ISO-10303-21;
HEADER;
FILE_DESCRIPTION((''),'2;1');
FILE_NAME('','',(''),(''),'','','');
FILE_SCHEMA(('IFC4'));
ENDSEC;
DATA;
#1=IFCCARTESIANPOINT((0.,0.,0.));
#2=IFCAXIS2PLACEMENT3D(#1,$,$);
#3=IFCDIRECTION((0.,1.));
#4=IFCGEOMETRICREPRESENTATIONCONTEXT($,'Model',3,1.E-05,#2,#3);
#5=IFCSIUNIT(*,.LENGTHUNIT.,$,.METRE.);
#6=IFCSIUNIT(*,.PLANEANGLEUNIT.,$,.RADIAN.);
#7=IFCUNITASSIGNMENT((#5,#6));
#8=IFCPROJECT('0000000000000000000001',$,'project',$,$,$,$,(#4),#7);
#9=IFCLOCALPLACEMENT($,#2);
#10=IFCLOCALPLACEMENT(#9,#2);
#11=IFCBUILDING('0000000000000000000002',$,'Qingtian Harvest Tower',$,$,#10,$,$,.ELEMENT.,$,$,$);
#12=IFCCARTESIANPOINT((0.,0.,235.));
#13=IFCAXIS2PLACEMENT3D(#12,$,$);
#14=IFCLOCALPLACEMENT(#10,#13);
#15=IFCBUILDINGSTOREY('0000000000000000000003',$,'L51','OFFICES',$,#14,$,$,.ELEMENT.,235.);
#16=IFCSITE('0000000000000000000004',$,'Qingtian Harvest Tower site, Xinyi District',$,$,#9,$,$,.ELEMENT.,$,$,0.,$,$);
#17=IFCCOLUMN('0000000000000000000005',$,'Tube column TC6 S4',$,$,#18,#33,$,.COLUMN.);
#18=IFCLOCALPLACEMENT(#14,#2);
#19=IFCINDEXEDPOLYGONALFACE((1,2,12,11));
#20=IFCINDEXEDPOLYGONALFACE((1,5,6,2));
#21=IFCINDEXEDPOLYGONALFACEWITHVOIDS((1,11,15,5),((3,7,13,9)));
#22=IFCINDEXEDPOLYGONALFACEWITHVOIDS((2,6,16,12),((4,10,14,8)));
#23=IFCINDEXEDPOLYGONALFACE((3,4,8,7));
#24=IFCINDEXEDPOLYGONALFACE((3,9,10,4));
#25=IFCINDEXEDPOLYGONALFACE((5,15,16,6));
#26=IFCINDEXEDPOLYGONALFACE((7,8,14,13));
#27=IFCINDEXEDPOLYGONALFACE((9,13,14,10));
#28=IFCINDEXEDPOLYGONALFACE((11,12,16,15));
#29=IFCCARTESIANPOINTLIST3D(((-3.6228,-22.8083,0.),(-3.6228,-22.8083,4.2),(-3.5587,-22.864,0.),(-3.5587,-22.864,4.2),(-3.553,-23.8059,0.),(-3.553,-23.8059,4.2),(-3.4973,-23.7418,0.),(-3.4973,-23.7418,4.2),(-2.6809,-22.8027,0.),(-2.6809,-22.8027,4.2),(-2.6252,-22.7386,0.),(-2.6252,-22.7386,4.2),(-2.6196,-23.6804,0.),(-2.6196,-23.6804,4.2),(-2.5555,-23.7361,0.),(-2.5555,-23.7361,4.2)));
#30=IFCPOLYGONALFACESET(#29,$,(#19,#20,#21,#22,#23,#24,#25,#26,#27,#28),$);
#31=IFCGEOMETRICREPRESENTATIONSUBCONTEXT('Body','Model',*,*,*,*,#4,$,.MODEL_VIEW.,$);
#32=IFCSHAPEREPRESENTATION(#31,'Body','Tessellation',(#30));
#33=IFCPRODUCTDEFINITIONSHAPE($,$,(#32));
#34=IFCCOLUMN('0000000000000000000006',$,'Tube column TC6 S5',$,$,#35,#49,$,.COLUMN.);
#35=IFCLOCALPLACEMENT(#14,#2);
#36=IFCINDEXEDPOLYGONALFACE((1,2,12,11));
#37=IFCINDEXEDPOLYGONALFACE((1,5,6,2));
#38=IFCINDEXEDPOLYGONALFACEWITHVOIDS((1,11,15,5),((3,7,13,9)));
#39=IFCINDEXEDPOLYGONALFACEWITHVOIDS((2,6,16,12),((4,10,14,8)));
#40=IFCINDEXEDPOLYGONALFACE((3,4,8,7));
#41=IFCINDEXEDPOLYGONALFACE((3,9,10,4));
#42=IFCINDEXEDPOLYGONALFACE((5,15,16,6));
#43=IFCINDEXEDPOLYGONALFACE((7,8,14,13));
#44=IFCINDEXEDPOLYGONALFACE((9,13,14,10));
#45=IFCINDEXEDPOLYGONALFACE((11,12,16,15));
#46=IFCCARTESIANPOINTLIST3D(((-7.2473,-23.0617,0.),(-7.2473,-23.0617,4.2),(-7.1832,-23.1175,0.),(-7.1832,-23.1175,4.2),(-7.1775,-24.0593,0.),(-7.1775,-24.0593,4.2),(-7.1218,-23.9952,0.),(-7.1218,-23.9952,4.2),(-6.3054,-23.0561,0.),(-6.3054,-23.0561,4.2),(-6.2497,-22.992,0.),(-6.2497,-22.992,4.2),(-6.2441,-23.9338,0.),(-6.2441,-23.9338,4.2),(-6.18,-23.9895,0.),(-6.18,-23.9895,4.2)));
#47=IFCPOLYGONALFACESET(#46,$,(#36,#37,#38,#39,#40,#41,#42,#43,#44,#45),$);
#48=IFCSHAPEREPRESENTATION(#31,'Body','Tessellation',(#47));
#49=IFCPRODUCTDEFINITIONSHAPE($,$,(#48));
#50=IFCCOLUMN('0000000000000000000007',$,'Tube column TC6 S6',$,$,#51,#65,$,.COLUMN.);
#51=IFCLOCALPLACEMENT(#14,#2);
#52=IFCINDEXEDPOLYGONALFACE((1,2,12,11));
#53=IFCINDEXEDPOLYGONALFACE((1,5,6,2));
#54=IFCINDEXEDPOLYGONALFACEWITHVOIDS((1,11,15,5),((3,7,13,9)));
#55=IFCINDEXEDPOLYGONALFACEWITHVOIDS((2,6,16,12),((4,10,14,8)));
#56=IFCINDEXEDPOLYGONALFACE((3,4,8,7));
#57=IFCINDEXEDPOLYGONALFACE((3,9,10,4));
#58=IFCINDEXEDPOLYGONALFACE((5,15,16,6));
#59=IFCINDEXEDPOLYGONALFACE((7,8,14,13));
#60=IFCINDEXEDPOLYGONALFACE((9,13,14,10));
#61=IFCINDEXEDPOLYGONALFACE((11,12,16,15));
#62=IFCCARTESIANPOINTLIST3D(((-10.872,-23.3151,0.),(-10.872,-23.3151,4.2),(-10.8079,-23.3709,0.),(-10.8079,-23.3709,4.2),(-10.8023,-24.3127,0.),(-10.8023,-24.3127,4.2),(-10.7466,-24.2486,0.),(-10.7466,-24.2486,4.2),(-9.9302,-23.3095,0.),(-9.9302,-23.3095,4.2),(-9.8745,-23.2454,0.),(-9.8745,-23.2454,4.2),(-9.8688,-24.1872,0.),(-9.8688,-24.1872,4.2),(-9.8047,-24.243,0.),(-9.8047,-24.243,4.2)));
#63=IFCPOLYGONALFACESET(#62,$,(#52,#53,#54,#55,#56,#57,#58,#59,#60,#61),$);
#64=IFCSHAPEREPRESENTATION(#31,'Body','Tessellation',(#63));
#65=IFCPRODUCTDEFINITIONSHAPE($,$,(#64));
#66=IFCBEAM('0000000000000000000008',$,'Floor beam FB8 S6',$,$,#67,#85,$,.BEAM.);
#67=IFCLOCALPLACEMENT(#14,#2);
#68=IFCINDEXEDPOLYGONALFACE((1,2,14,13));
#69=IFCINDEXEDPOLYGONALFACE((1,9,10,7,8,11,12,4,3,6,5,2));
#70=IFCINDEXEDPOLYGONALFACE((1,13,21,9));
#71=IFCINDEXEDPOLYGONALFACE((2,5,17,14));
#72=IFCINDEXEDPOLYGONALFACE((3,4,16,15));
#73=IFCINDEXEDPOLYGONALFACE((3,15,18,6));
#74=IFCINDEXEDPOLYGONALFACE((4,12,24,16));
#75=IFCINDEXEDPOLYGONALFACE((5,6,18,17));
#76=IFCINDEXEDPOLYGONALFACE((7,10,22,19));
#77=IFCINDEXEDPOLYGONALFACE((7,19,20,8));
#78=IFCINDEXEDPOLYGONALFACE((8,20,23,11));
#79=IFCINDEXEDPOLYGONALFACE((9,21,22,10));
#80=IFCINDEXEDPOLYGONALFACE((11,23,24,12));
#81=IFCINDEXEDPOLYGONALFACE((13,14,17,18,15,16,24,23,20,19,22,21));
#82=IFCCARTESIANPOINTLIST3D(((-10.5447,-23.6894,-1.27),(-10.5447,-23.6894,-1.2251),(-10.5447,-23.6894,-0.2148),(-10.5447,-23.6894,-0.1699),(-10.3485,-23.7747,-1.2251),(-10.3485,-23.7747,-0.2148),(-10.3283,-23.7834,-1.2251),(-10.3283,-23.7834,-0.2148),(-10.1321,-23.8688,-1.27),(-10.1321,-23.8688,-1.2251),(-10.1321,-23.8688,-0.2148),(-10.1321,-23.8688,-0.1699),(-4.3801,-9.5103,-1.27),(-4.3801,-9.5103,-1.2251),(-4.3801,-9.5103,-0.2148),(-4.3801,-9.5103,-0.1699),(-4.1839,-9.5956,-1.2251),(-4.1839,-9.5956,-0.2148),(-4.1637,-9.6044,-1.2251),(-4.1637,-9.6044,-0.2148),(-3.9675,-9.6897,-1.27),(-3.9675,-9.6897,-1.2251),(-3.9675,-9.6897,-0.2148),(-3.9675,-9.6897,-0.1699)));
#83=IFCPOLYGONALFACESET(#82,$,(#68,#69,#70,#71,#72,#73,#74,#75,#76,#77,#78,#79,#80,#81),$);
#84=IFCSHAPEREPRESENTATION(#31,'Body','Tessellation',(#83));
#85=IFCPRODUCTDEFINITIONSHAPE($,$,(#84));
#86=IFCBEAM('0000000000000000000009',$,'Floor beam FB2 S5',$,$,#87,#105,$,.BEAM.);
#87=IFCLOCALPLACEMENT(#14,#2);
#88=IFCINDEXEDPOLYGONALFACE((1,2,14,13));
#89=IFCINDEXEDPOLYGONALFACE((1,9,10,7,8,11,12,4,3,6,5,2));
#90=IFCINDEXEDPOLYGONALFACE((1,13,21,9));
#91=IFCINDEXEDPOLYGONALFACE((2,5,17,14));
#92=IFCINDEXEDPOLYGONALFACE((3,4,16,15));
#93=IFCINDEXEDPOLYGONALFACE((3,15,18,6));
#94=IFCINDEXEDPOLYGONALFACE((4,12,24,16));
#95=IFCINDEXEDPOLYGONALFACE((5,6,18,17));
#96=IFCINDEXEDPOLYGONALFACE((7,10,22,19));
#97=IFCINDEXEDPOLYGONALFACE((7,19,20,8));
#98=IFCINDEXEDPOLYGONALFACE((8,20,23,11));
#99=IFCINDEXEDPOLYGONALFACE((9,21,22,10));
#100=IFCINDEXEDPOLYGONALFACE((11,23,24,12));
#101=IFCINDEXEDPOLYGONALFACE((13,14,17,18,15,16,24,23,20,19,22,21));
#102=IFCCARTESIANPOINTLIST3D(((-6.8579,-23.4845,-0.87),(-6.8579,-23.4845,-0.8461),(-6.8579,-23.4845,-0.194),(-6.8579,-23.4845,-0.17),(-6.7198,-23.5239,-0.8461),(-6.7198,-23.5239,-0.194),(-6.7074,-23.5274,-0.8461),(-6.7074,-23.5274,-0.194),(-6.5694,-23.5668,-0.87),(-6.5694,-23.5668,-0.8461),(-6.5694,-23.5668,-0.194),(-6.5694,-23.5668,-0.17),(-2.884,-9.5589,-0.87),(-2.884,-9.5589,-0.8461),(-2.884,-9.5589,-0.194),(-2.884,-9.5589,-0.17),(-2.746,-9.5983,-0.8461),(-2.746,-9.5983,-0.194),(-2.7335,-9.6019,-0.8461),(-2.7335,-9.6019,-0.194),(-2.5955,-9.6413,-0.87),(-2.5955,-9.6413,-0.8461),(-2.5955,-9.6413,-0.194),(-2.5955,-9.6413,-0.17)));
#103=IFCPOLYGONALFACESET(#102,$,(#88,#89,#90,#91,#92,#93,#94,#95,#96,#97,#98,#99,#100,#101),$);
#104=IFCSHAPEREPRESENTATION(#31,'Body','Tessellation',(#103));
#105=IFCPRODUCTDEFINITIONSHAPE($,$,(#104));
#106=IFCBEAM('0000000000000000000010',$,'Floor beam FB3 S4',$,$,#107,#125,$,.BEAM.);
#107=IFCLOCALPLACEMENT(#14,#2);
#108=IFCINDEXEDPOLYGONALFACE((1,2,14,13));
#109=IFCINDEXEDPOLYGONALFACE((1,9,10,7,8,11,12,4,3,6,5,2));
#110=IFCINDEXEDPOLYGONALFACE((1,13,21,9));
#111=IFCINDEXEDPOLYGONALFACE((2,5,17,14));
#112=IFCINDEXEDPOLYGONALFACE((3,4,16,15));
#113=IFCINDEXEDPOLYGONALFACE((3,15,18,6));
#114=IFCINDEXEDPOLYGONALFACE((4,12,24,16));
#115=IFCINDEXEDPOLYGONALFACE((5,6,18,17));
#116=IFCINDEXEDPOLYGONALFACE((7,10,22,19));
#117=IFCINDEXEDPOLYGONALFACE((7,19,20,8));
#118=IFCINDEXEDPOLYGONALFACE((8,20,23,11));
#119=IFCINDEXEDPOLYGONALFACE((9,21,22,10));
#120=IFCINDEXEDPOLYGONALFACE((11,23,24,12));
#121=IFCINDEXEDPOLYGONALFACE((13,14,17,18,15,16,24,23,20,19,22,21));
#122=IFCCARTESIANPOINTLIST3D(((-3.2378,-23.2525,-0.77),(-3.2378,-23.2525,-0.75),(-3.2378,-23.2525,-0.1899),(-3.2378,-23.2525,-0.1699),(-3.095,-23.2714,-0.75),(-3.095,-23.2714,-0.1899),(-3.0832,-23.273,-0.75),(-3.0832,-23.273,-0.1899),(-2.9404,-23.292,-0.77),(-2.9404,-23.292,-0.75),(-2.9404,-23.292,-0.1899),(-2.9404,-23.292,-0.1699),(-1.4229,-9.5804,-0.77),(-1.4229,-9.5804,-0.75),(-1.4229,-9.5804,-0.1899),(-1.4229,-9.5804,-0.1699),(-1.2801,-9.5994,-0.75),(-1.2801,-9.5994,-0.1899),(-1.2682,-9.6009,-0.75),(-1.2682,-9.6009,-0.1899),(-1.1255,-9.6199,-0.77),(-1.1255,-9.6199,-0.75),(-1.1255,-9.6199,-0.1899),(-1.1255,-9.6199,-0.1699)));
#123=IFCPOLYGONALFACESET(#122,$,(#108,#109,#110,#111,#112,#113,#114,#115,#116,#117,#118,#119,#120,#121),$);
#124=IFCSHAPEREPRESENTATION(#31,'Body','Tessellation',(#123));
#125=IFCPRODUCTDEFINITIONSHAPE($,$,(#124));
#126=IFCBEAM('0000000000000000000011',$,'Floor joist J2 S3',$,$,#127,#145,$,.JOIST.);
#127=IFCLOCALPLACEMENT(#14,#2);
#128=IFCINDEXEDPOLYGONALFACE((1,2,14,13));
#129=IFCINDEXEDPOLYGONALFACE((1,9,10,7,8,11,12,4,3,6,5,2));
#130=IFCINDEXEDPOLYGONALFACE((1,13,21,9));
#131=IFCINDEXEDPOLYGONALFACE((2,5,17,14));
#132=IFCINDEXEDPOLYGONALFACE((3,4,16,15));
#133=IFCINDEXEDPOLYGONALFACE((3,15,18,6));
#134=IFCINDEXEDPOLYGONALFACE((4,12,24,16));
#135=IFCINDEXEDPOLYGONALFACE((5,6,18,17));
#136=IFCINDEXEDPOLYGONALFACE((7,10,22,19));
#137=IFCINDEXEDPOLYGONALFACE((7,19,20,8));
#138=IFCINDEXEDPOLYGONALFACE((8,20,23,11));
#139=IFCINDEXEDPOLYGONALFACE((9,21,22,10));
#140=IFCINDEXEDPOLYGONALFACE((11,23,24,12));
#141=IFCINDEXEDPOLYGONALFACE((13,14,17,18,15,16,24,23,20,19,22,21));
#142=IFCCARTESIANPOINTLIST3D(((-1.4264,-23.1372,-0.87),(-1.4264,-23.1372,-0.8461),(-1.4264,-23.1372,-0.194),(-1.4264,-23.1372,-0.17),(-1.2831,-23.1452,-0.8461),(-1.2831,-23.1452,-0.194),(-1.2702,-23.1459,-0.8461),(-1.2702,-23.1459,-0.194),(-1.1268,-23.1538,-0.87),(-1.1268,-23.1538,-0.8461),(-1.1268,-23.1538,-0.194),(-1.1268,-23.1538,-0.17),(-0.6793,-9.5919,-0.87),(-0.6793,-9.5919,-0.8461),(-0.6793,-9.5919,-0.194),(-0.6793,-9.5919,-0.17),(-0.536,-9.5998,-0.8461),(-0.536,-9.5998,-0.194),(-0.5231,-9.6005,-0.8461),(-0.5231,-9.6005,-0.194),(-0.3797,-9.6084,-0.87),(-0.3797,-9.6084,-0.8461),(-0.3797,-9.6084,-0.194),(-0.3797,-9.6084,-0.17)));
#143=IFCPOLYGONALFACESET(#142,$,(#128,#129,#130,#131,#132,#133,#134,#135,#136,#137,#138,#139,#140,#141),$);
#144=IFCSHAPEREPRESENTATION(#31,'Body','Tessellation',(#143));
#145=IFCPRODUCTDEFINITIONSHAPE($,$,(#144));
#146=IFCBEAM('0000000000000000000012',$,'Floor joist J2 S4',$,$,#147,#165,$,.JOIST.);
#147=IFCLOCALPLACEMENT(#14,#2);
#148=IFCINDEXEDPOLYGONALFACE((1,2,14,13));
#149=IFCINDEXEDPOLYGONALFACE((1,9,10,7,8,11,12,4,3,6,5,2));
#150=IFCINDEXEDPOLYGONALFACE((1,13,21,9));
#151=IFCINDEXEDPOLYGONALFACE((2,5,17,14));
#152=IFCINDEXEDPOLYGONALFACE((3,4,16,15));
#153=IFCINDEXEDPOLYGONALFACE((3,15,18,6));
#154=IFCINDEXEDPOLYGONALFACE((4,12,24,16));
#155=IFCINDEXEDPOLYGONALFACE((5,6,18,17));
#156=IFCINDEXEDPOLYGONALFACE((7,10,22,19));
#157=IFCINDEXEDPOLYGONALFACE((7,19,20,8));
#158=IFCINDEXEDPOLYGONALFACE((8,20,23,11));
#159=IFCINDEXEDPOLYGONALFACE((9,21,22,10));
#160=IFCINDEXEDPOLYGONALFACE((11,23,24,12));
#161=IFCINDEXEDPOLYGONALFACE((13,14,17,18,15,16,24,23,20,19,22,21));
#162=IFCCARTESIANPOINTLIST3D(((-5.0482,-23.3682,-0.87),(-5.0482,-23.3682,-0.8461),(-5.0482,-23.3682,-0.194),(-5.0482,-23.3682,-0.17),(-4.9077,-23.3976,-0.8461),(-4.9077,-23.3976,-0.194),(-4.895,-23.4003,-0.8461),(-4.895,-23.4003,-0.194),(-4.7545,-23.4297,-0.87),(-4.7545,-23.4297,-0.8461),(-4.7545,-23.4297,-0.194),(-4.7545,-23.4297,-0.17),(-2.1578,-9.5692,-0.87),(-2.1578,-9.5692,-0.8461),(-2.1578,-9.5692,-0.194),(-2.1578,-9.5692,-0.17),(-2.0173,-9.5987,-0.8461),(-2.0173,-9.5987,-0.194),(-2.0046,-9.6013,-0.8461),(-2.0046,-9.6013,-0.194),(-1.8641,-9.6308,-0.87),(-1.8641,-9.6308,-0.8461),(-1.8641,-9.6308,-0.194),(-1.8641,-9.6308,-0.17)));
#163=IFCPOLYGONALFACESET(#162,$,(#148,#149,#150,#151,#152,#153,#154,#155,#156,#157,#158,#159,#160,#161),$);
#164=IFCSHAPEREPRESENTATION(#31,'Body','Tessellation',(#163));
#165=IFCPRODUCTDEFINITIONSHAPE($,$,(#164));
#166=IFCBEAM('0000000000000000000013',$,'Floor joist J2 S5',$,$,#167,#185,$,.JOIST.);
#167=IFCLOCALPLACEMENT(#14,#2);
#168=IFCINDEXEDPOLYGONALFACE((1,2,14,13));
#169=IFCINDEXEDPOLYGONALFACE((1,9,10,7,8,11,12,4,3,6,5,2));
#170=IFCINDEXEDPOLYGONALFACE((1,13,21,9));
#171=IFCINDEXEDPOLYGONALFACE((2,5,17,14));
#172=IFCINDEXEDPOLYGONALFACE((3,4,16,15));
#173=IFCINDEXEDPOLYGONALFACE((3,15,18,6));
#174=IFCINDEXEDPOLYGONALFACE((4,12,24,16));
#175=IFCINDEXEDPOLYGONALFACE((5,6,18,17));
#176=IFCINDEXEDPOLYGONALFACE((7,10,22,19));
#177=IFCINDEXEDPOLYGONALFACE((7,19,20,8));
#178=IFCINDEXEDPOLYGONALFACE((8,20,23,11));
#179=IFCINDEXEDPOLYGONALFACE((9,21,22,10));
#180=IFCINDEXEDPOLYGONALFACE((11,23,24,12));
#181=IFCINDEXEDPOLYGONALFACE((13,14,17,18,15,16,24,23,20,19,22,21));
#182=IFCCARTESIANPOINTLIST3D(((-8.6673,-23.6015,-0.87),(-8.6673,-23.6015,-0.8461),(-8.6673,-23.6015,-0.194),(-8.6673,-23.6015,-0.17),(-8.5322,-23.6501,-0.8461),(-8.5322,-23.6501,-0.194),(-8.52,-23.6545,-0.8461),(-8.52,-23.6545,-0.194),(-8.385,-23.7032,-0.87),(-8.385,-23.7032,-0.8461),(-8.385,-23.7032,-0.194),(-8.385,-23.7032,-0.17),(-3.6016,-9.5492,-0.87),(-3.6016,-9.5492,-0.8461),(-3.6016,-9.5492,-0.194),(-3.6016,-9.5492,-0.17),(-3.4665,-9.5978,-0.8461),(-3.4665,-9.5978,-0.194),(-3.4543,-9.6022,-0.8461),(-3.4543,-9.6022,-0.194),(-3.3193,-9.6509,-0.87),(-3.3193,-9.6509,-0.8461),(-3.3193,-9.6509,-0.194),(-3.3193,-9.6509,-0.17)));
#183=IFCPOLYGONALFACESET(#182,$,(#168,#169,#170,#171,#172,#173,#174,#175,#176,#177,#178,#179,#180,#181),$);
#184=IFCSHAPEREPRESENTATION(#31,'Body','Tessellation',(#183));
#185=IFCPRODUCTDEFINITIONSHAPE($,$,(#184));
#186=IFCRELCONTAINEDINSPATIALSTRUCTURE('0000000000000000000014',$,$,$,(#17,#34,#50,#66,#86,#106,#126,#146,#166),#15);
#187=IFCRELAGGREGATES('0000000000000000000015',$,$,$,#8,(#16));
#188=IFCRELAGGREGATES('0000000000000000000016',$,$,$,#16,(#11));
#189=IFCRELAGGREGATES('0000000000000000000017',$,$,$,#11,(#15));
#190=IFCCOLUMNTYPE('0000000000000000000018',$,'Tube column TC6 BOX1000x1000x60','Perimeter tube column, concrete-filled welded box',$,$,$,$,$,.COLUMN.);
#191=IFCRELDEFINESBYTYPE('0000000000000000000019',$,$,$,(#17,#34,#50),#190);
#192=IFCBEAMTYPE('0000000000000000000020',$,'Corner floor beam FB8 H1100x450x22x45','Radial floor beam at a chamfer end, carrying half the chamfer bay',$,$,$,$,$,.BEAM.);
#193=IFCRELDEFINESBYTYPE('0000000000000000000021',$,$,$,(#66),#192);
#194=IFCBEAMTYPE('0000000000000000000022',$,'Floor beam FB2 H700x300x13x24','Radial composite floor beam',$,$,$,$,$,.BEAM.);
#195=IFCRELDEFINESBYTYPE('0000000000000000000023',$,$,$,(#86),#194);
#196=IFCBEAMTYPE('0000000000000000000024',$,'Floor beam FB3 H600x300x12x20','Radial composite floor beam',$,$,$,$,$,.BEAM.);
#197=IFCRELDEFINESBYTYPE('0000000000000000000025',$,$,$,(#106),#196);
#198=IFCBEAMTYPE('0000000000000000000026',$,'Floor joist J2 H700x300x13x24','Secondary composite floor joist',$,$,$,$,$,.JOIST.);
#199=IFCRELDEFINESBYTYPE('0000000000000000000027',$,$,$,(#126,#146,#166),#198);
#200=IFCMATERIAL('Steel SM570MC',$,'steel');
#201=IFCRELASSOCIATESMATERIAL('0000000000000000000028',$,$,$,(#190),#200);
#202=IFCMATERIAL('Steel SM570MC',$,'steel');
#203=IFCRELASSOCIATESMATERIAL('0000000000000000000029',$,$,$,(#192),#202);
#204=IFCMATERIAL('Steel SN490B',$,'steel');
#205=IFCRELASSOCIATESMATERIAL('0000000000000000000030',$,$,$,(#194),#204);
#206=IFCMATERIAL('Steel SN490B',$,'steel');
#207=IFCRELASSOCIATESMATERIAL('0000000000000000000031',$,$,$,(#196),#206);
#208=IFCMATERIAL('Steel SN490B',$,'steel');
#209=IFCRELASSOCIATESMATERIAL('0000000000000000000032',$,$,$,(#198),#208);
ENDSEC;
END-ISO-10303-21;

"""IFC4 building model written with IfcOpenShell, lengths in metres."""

from ifc_helpers import new_model, si_unit, direction, frame, origin, origin_2d, place, context, subcontext, project, spatial, hollow_rectangle, i_section, extrude, material, material_profile, profile_set, type_object, element, save


model = new_model("IFC4")

# Units and contexts
model_context = context("Model", 3, precision=1e-05, world=origin(), true_north=direction((0.0, 1.0)))
body_context = subcontext(model_context, "Body", "Model", "MODEL_VIEW")
ifc_project = project(units=[si_unit("LENGTHUNIT", "METRE"), si_unit("PLANEANGLEUNIT", "RADIAN")], contexts=[model_context])

# Site, building, storey
site_placement = place(None, origin())
site = spatial("IfcSite", under=ifc_project, at=site_placement, Name="Qingtian Harvest Tower site, Xinyi District", CompositionType="ELEMENT", RefElevation=0.0)
building_placement = place(site_placement, origin())
building = spatial("IfcBuilding", under=site, at=building_placement, Name="Qingtian Harvest Tower", CompositionType="ELEMENT")
storey_placement = place(building_placement, frame((0.0, 0.0, 235.0)))
storey = spatial("IfcBuildingStorey", under=building, at=storey_placement, Name="L51", Description="OFFICES", CompositionType="ELEMENT", Elevation=235.0)

# Columns
ifc_material_1 = material(Name="Steel SM570MC", Category="steel")
ifc_material_profile_1 = material_profile(ifc_material_1, hollow_rectangle(XDim=1.0, YDim=1.0, WallThickness=0.0601, at=origin_2d()), Name="BOX1000x1000x60")
ifc_profile_set_1 = profile_set([ifc_material_profile_1], Name="Steel SM570MC")
column_type = type_object("IfcColumnType", Name="Tube column TC6 BOX1000x1000x60", Description="Perimeter tube column, concrete-filled welded box", PredefinedType="COLUMN", material=ifc_profile_set_1)
for number, where, z_axis, x_axis, name in (
    (1, (-3.0891, -23.2722, 0.0), (0.0, 0.0, 1.0), (0.997564, 0.069756, 0.0), "Tube column TC6 S4"),
    (2, (-6.7136, -23.5256, 0.0), (0.0, 0.0, 1.0), (0.997564, 0.069756, 0.0), "Tube column TC6 S5"),
    (3, (-10.3384, -23.7791, 0.0), (0.0, 0.0, 1.0), (0.997564, 0.069756, 0.0), "Tube column TC6 S6"),
):
    element("IfcColumn", number, at=place(storey_placement, frame(where, z_axis=z_axis, x_axis=x_axis)), inside=storey, type_object=column_type, Name=name, PredefinedType="COLUMN", context=body_context, shape_type="SweptSolid", body=[
        extrude(hollow_rectangle(XDim=1.0, YDim=1.0, WallThickness=0.0601, at=origin_2d()), origin(), (0.0, 0.0, 1.0), 4.2),
    ])

# Beams
ifc_material_2 = material(Name="Steel SM570MC", Category="steel")
ifc_material_profile_2 = material_profile(ifc_material_2, i_section(OverallWidth=0.45, OverallDepth=1.1001, WebThickness=0.022, FlangeThickness=0.0449, at=origin_2d()), Name="H1100x450x22x45")
ifc_profile_set_2 = profile_set([ifc_material_profile_2], Name="Steel SM570MC")
beam_type_1 = type_object("IfcBeamType", Name="Corner floor beam FB8 H1100x450x22x45", Description="Radial floor beam at a chamfer end, carrying half the chamfer bay", PredefinedType="BEAM", material=ifc_profile_set_2)
beam_1_placement = place(storey_placement, frame((-10.3384, -23.7791, -0.72), z_axis=(0.398715, 0.917075, 0.0), x_axis=(-0.917075, 0.398715, 0.0)))
element("IfcBeam", 4, at=beam_1_placement, inside=storey, type_object=beam_type_1, Name="Floor beam FB8 S6", PredefinedType="BEAM", context=body_context, shape_type="SweptSolid", body=[
    extrude(i_section(OverallWidth=0.45, OverallDepth=1.1001, WebThickness=0.022, FlangeThickness=0.0449, at=origin_2d()), origin(), (0.0, 0.0, 1.0), 15.4612),
])
ifc_material_3 = material(Name="Steel SN490B", Category="steel")
ifc_material_profile_3 = material_profile(ifc_material_3, i_section(OverallWidth=0.3, OverallDepth=0.7, WebThickness=0.0129, FlangeThickness=0.0239, at=origin_2d()), Name="H700x300x13x24")
ifc_profile_set_3 = profile_set([ifc_material_profile_3], Name="Steel SN490B")
beam_type_2 = type_object("IfcBeamType", Name="Floor beam FB2 H700x300x13x24", Description="Radial composite floor beam", PredefinedType="BEAM", material=ifc_profile_set_3)
beam_2_placement = place(storey_placement, frame((-6.7136, -23.5256, -0.52), z_axis=(0.274412, 0.961612, 0.0), x_axis=(-0.961612, 0.274412, 0.0)))
element("IfcBeam", 5, at=beam_2_placement, inside=storey, type_object=beam_type_2, Name="Floor beam FB2 S5", PredefinedType="BEAM", context=body_context, shape_type="SweptSolid", body=[
    extrude(i_section(OverallWidth=0.3, OverallDepth=0.7, WebThickness=0.0129, FlangeThickness=0.0239, at=origin_2d()), origin(), (0.0, 0.0, 1.0), 14.4814),
])
ifc_material_4 = material(Name="Steel SN490B", Category="steel")
ifc_material_profile_4 = material_profile(ifc_material_4, i_section(OverallWidth=0.3, OverallDepth=0.6001, WebThickness=0.012, FlangeThickness=0.02, at=origin_2d()), Name="H600x300x12x20")
ifc_profile_set_4 = profile_set([ifc_material_profile_4], Name="Steel SN490B")
beam_type_3 = type_object("IfcBeamType", Name="Floor beam FB3 H600x300x12x20", Description="Radial composite floor beam", PredefinedType="BEAM", material=ifc_profile_set_4)
beam_3_placement = place(storey_placement, frame((-3.0891, -23.2722, -0.47), z_axis=(0.131593, 0.991304, 0.0), x_axis=(-0.991304, 0.131593, 0.0)))
element("IfcBeam", 6, at=beam_3_placement, inside=storey, type_object=beam_type_3, Name="Floor beam FB3 S4", PredefinedType="BEAM", context=body_context, shape_type="SweptSolid", body=[
    extrude(i_section(OverallWidth=0.3, OverallDepth=0.6001, WebThickness=0.012, FlangeThickness=0.02, at=origin_2d()), origin(), (0.0, 0.0, 1.0), 13.792),
])
ifc_material_5 = material(Name="Steel SN490B", Category="steel")
ifc_material_profile_5 = material_profile(ifc_material_5, i_section(OverallWidth=0.3, OverallDepth=0.7, WebThickness=0.0129, FlangeThickness=0.0239, at=origin_2d()), Name="H700x300x13x24")
ifc_profile_set_5 = profile_set([ifc_material_profile_5], Name="Steel SN490B")
beam_type_4 = type_object("IfcBeamType", Name="Floor joist J2 H700x300x13x24", Description="Secondary composite floor joist", PredefinedType="JOIST", material=ifc_profile_set_5)
beam_4_placement = place(storey_placement, frame((-1.2766, -23.1455, -0.52), z_axis=(0.055069, 0.998483, 0.0), x_axis=(-0.998483, 0.055069, 0.0)))
element("IfcBeam", 7, at=beam_4_placement, inside=storey, type_object=beam_type_4, Name="Floor joist J2 S3", PredefinedType="JOIST", context=body_context, shape_type="SweptSolid", body=[
    extrude(i_section(OverallWidth=0.3, OverallDepth=0.7, WebThickness=0.0129, FlangeThickness=0.0239, at=origin_2d()), origin(), (0.0, 0.0, 1.0), 13.5659),
])
beam_5_placement = place(storey_placement, frame((-4.9014, -23.3989, -0.52), z_axis=(0.205016, 0.978759, 0.0), x_axis=(-0.978759, 0.205016, 0.0)))
element("IfcBeam", 8, at=beam_5_placement, inside=storey, type_object=beam_type_4, Name="Floor joist J2 S4", PredefinedType="JOIST", context=body_context, shape_type="SweptSolid", body=[
    extrude(i_section(OverallWidth=0.3, OverallDepth=0.7, WebThickness=0.0129, FlangeThickness=0.0239, at=origin_2d()), origin(), (0.0, 0.0, 1.0), 14.0984),
])
beam_6_placement = place(storey_placement, frame((-8.5261, -23.6523, -0.52), z_axis=(0.339126, 0.940741, 0.0), x_axis=(-0.940741, 0.339126, 0.0)))
element("IfcBeam", 9, at=beam_6_placement, inside=storey, type_object=beam_type_4, Name="Floor joist J2 S5", PredefinedType="JOIST", context=body_context, shape_type="SweptSolid", body=[
    extrude(i_section(OverallWidth=0.3, OverallDepth=0.7, WebThickness=0.0129, FlangeThickness=0.0239, at=origin_2d()), origin(), (0.0, 0.0, 1.0), 14.9375),
])

save(model, "model.ifc")
